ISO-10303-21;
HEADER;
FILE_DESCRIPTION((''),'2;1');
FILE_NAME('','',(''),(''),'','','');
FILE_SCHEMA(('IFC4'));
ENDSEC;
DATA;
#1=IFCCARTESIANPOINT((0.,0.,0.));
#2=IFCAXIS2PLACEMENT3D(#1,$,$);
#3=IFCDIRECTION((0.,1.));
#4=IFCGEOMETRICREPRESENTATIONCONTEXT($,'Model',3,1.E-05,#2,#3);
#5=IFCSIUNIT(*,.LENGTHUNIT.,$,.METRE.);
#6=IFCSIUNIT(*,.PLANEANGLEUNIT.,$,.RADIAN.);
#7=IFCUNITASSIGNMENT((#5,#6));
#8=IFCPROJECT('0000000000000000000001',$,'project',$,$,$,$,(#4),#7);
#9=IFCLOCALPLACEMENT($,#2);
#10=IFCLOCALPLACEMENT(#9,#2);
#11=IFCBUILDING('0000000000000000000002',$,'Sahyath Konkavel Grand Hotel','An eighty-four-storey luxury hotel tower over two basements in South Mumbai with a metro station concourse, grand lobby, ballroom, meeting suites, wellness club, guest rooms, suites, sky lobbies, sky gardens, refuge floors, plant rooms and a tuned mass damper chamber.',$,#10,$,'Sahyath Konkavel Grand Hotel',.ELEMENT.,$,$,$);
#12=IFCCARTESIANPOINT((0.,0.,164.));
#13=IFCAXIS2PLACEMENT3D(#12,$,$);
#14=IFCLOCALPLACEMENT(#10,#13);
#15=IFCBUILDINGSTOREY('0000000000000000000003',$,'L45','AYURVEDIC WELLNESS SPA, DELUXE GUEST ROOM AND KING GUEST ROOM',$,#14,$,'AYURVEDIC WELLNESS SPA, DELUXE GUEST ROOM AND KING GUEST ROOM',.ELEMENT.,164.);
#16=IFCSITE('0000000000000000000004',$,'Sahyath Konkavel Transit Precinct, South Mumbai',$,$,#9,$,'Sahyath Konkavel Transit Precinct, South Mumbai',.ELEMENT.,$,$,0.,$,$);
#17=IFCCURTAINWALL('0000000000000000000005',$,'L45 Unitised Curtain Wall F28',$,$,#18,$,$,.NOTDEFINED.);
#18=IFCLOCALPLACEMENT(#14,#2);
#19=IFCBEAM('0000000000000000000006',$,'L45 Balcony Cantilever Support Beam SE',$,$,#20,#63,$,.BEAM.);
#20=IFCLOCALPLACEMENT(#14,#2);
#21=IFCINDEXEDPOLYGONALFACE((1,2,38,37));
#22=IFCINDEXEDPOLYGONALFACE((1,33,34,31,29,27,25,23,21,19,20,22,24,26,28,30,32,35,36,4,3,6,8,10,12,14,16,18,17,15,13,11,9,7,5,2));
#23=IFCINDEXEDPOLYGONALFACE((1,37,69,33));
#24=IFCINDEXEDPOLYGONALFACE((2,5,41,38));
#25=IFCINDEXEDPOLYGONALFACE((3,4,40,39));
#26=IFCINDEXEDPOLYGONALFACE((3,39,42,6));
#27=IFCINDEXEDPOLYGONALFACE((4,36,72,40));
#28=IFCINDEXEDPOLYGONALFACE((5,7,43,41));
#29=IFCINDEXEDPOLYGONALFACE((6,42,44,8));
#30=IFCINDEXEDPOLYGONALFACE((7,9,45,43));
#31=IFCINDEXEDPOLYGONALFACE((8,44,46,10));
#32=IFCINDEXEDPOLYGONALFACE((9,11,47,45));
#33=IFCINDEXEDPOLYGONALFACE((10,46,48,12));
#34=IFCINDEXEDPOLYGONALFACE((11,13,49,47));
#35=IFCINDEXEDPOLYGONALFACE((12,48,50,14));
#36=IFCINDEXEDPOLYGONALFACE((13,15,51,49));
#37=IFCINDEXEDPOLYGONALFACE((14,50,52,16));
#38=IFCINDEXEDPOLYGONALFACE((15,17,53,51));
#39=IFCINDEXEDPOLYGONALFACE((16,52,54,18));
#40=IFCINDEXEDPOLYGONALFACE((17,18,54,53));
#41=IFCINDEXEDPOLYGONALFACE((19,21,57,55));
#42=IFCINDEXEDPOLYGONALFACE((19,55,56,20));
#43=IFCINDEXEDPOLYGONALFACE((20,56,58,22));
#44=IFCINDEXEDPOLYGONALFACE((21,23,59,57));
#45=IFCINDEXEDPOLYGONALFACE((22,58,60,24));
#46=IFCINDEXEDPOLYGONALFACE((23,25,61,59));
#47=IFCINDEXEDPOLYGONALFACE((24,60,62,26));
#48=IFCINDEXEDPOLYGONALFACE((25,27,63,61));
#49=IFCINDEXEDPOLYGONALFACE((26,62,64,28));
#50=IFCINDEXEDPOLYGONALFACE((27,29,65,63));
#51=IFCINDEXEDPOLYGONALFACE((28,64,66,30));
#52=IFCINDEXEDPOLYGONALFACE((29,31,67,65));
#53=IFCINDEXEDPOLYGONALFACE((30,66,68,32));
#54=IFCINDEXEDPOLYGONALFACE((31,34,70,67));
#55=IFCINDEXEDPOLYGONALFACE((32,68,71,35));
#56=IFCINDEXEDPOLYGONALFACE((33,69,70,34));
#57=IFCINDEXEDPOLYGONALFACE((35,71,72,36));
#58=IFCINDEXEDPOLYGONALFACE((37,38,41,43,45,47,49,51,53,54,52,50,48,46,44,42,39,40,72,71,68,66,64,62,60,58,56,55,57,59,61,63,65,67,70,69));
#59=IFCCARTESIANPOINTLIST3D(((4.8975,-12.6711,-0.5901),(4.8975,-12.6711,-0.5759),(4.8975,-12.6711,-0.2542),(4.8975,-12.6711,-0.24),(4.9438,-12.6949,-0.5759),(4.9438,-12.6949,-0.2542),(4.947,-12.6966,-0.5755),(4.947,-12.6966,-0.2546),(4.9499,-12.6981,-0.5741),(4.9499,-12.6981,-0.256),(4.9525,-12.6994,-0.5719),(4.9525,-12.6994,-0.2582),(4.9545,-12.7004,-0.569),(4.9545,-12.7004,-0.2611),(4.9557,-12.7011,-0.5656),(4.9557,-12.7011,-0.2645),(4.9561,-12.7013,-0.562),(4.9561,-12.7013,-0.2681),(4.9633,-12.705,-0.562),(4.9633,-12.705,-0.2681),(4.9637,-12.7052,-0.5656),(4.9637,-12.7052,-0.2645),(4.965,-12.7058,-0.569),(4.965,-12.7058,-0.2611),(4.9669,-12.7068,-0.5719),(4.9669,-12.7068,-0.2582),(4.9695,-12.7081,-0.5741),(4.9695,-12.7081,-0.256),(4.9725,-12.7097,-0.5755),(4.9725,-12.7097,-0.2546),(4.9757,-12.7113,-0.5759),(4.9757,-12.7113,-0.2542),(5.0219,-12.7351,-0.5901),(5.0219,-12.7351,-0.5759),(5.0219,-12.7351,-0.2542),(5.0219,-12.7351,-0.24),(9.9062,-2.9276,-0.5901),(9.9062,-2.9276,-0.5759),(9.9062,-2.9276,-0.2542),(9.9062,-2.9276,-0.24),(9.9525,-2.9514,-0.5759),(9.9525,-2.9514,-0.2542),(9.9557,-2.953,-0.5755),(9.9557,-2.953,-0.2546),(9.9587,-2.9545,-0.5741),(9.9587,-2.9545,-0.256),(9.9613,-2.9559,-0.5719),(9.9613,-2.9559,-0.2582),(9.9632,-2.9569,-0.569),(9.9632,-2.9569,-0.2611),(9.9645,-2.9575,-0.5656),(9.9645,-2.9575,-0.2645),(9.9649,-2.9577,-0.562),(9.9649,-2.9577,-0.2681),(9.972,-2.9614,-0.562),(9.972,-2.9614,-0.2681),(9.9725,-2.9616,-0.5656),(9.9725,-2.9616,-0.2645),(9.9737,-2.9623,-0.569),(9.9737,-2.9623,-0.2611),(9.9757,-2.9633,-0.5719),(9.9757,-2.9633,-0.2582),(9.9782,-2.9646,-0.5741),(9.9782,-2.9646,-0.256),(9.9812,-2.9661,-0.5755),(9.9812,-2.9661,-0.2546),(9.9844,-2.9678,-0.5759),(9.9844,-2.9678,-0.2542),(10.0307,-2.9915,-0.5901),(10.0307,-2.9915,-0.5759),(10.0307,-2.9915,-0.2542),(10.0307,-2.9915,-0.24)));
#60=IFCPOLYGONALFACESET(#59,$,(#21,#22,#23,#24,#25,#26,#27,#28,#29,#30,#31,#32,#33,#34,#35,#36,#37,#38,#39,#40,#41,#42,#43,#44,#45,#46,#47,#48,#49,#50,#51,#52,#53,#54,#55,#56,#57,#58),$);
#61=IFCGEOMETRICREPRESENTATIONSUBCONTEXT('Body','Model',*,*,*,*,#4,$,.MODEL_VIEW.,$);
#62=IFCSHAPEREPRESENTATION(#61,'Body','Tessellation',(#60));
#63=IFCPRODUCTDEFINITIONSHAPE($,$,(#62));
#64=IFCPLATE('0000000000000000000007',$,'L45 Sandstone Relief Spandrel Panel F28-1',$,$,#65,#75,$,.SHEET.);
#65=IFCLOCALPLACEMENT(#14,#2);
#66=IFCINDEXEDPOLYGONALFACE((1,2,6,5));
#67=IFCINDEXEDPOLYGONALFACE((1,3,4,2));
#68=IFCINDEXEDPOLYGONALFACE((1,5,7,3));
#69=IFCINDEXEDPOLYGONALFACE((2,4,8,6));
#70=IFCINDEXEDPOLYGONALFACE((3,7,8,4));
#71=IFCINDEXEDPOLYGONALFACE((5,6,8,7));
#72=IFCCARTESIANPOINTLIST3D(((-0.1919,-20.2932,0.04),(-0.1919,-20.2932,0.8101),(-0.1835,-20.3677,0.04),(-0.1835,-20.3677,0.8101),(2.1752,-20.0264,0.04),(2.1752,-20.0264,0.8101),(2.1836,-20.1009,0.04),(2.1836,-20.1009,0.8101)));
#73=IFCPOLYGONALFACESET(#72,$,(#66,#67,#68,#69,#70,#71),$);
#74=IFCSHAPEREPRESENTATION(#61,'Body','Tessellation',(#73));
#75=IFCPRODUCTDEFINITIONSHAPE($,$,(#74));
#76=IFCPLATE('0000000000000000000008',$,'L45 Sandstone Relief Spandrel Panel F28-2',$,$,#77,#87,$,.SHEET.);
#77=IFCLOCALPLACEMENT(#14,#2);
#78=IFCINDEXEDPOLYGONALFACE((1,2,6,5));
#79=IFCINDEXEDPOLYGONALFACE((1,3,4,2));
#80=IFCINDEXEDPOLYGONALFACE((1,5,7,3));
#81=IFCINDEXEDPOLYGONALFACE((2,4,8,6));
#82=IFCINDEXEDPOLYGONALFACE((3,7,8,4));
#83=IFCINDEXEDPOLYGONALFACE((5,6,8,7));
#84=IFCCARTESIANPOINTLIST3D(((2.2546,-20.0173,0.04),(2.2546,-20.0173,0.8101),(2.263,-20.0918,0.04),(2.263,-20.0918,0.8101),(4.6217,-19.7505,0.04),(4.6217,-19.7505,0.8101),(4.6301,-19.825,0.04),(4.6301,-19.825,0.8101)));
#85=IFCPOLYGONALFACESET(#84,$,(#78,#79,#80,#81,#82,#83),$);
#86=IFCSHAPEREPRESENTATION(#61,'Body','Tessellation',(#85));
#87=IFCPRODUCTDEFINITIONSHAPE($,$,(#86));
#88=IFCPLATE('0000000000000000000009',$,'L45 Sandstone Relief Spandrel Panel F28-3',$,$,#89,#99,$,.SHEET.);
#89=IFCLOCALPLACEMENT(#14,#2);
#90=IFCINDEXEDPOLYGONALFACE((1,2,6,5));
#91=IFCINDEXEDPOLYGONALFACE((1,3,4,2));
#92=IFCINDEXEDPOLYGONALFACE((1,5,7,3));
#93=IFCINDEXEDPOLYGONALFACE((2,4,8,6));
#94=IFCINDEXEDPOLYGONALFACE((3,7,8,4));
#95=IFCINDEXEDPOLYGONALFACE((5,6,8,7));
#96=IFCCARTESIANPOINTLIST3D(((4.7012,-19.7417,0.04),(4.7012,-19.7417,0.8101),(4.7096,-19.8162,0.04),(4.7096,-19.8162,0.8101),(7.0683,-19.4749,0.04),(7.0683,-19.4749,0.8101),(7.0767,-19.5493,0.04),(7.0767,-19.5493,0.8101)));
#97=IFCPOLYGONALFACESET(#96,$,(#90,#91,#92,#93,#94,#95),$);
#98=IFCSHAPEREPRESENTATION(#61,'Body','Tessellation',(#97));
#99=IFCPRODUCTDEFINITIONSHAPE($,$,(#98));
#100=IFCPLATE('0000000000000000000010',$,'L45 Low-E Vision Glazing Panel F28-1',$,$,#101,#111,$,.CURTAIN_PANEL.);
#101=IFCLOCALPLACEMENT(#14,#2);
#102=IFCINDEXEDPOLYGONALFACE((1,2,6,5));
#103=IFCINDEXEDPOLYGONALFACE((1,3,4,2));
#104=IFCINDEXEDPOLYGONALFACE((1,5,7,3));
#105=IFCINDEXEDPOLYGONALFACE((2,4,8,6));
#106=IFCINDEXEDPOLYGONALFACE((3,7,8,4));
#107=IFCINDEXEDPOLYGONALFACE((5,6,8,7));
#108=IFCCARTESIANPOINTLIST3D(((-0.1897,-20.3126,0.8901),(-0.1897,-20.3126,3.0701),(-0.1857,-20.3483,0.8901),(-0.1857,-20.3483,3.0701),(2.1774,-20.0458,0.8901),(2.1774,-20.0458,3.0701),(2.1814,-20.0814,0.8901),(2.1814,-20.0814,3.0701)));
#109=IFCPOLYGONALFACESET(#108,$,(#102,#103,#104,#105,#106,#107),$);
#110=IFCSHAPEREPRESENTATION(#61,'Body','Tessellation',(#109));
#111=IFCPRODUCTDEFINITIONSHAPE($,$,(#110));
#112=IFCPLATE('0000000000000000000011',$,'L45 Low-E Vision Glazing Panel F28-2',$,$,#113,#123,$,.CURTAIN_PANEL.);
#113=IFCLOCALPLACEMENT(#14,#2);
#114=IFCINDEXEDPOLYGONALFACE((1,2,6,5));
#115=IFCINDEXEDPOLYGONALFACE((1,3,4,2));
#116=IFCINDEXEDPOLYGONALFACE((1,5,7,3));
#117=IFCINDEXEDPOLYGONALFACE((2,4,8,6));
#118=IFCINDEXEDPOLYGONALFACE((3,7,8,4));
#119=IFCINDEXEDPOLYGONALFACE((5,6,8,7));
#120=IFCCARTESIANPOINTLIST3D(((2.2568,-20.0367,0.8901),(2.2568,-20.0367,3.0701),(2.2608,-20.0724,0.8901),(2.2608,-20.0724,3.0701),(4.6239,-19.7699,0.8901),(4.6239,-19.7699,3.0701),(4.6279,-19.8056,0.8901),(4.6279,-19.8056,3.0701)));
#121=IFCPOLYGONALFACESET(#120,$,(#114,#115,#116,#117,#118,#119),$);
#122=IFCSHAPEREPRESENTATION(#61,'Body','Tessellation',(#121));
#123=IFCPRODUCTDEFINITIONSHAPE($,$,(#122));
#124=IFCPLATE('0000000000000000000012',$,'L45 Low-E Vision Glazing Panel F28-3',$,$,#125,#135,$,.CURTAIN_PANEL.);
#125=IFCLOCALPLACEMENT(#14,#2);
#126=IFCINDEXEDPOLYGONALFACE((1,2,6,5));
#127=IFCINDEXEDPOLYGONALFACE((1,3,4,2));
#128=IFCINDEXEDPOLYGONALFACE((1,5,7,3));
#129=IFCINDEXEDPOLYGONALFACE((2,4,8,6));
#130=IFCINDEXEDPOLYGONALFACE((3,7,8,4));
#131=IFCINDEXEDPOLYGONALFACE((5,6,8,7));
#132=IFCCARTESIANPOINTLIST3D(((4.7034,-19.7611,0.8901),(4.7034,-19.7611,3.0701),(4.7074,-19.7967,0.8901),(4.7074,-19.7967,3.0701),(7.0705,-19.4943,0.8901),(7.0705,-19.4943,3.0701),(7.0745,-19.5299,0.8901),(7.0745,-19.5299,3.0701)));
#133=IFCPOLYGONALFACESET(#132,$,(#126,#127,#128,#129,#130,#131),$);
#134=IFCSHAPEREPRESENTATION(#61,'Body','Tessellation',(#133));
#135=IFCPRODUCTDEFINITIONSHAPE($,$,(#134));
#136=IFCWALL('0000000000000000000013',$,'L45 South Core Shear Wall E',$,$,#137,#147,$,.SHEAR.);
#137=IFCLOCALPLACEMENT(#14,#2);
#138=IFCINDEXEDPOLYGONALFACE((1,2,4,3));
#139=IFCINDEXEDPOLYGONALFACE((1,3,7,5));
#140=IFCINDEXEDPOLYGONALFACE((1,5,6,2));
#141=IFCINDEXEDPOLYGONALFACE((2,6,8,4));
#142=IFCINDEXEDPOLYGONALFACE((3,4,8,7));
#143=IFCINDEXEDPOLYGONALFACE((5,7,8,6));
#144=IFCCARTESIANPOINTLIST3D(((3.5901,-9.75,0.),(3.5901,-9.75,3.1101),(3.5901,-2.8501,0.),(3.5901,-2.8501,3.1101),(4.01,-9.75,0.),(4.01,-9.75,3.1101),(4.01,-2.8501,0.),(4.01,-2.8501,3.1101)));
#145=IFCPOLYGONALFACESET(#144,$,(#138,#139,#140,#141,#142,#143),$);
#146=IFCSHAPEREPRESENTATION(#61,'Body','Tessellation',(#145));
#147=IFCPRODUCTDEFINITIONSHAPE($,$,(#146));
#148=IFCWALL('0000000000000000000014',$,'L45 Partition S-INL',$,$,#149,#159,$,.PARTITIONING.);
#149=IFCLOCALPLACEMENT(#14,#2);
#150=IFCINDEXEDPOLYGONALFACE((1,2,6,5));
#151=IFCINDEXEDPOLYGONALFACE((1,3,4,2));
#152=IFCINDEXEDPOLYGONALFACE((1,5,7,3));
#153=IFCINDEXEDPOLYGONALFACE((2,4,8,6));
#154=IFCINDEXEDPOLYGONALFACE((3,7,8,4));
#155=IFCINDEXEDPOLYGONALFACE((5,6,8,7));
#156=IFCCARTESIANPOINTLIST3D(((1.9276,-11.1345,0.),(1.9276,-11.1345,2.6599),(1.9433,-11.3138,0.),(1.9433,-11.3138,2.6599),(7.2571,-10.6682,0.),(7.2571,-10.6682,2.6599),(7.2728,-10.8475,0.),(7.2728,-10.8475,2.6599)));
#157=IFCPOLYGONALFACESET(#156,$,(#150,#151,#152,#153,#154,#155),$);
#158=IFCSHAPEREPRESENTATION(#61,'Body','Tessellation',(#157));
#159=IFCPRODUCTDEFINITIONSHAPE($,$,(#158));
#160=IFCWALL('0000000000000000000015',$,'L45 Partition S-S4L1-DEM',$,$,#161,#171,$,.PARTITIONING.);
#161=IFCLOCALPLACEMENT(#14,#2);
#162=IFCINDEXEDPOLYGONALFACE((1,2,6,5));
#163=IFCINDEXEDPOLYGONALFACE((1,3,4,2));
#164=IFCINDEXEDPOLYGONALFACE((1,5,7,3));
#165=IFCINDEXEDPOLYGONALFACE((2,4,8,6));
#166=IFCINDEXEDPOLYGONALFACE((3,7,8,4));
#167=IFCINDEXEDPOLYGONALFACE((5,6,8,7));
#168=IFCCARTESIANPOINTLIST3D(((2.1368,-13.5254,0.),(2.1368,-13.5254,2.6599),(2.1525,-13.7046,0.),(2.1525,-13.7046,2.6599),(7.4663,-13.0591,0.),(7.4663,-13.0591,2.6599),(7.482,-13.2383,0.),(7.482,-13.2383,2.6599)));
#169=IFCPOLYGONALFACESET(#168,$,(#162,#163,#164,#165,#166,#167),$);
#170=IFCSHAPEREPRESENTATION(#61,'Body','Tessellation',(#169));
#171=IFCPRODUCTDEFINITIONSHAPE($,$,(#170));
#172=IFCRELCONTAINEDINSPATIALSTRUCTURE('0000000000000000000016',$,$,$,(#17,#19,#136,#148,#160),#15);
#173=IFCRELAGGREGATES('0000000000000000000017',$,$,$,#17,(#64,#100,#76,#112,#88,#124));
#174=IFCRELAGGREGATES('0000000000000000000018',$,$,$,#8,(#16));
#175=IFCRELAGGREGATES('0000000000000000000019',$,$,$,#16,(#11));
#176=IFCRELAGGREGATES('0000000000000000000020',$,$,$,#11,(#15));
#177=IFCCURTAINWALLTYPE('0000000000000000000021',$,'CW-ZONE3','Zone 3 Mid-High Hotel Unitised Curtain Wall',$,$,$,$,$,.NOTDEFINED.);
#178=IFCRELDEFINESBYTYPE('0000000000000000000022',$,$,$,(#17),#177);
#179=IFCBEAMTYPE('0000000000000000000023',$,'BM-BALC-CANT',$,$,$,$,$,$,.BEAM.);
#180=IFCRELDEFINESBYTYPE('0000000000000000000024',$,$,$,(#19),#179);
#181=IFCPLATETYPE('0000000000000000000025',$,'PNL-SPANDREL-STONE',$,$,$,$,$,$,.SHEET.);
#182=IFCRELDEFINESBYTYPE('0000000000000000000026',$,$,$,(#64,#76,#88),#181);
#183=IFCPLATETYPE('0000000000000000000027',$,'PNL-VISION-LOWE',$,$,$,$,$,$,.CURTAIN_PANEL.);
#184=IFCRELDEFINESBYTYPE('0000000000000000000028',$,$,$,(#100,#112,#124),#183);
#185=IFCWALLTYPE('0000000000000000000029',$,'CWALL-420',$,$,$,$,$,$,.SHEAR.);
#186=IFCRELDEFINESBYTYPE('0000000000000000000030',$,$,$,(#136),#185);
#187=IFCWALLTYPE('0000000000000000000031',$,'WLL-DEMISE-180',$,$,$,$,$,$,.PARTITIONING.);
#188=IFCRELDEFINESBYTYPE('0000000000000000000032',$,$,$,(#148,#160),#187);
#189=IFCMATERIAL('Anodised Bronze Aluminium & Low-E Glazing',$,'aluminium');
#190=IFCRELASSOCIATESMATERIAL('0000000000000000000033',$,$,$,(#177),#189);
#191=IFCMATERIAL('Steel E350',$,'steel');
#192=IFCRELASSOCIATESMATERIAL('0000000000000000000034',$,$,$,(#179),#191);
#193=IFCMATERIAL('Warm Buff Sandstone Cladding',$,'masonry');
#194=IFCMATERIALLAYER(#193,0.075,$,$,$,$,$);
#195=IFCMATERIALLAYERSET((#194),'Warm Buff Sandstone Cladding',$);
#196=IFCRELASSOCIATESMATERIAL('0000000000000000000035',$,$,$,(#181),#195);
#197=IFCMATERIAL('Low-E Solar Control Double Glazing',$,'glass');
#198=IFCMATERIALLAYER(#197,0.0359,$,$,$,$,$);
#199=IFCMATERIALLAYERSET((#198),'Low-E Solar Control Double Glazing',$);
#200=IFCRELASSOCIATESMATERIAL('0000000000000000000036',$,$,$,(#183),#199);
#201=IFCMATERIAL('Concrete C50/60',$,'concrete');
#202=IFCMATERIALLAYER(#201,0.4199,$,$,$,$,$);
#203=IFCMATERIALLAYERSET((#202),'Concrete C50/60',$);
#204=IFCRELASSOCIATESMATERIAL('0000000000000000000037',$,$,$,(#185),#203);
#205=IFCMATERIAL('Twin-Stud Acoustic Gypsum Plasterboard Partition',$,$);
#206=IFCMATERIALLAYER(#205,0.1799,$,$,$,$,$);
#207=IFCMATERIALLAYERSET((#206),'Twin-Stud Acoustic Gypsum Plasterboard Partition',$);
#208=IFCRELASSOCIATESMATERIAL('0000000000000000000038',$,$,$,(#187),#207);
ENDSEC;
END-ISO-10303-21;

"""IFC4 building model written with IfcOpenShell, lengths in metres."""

from ifc_helpers import new_model, si_unit, direction, frame, frame_2d, origin, origin_2d, place, context, subcontext, project, spatial, rectangle, i_section, extrude, source, transform, mapped, material, layer, layer_set, material_profile, profile_set, type_object, element, aggregate, save


model = new_model("IFC4")

# Units and contexts
model_context = context("Model", 3, precision=1e-05, world=origin(), true_north=direction((0.0, 1.0)))
body_context = subcontext(model_context, "Body", "Model", "MODEL_VIEW")
ifc_project = project(units=[si_unit("LENGTHUNIT", "METRE"), si_unit("PLANEANGLEUNIT", "RADIAN")], contexts=[model_context])

# Site, building, storey
site_placement = place(None, origin())
site = spatial("IfcSite", under=ifc_project, at=site_placement, Name="Sahyath Konkavel Transit Precinct, South Mumbai", LongName="Sahyath Konkavel Transit Precinct, South Mumbai", CompositionType="ELEMENT", RefElevation=0.0)
building_placement = place(site_placement, origin())
building = spatial("IfcBuilding", under=site, at=building_placement, Name="Sahyath Konkavel Grand Hotel", Description="An eighty-four-storey luxury hotel tower over two basements in South Mumbai with a metro station concourse, grand lobby, ballroom, meeting suites, wellness club, guest rooms, suites, sky lobbies, sky gardens, refuge floors, plant rooms and a tuned mass damper chamber.", LongName="Sahyath Konkavel Grand Hotel", CompositionType="ELEMENT")
storey_placement = place(building_placement, frame((0.0, 0.0, 164.0)))
storey = spatial("IfcBuildingStorey", under=building, at=storey_placement, Name="L45", Description="AYURVEDIC WELLNESS SPA, DELUXE GUEST ROOM AND KING GUEST ROOM", LongName="AYURVEDIC WELLNESS SPA, DELUXE GUEST ROOM AND KING GUEST ROOM", CompositionType="ELEMENT", Elevation=164.0)

# Shared definitions
ifc_material_1 = material(Name="Concrete C50/60", Category="concrete")

# Shared definitions
ifc_material_2 = material(Name="Steel E350", Category="steel")

# Curtain wall
ifc_material_3 = material(Name="Anodised Bronze Aluminium & Low-E Glazing", Category="aluminium")
curtain_wall_type = type_object("IfcCurtainWallType", Name="CW-ZONE3", Description="Zone 3 Mid-High Hotel Unitised Curtain Wall", PredefinedType="NOTDEFINED", material=ifc_material_3)
curtain_wall_placement = place(storey_placement, origin())
curtain_wall = element("IfcCurtainWall", 1, at=curtain_wall_placement, inside=storey, type_object=curtain_wall_type, Name="L45 Unitised Curtain Wall F28", PredefinedType="NOTDEFINED")

# Beam
ifc_material_profile_1 = material_profile(ifc_material_2, i_section(OverallWidth=0.1399, OverallDepth=0.3501, WebThickness=0.0081, FlangeThickness=0.0142, FilletRadius=0.0139, at=origin_2d()), Name="ISMB 350")
ifc_profile_set_1 = profile_set([ifc_material_profile_1], Name="Steel E350")
beam_type_1 = type_object("IfcBeamType", Name="BM-BALC-CANT", PredefinedType="BEAM", material=ifc_profile_set_1)
shared_shape_1 = source(origin(), body_context, "Body", "SweptSolid", [
    extrude(i_section(OverallWidth=0.1399, OverallDepth=0.3501, WebThickness=0.0081, FlangeThickness=0.0142, FilletRadius=0.0139, at=origin_2d()), origin(), (0.0, 0.0, 1.0), 10.9556),
])
beam_1_placement = place(storey_placement, frame((4.9597, -12.7031, -0.415), z_axis=(0.457187, 0.889371, 0.0), x_axis=(-0.889371, 0.457187, 0.0)))
element("IfcBeam", 2, at=beam_1_placement, inside=storey, type_object=beam_type_1, Name="L45 Balcony Cantilever Support Beam SE", PredefinedType="BEAM", context=body_context, shape_type="MappedRepresentation", body=[
    mapped(shared_shape_1, transform((0.0, 0.0, 0.0), scale=1.0)),
])

# Plates
ifc_material_4 = material(Name="Warm Buff Sandstone Cladding", Category="masonry")
ifc_layer_1 = layer(ifc_material_4, 0.075)
ifc_layer_set_1 = layer_set([ifc_layer_1], Name="Warm Buff Sandstone Cladding")
plate_type_1 = type_object("IfcPlateType", Name="PNL-SPANDREL-STONE", PredefinedType="SHEET", material=ifc_layer_set_1)
shared_shape_2 = source(origin(), body_context, "Body", "SweptSolid", [
    extrude(rectangle(XDim=2.3821, YDim=0.075, at=origin_2d()), origin(), (0.0, 0.0, 1.0), 0.77),
])
plate_1_placement = place(storey_placement, frame((0.9958, -20.197, 0.04), z_axis=(0.0, 0.0, 1.0), x_axis=(0.993707, 0.112007, 0.0)))
plate_1 = element("IfcPlate", 3, at=plate_1_placement, type_object=plate_type_1, Name="L45 Sandstone Relief Spandrel Panel F28-1", PredefinedType="SHEET", context=body_context, shape_type="MappedRepresentation", body=[
    mapped(shared_shape_2, transform((0.0, 0.0, 0.0), scale=1.0)),
])
plate_2_placement = place(storey_placement, frame((3.4424, -19.9211, 0.04), z_axis=(0.0, 0.0, 1.0), x_axis=(0.993707, 0.112007, 0.0)))
plate_2 = element("IfcPlate", 4, at=plate_2_placement, type_object=plate_type_1, Name="L45 Sandstone Relief Spandrel Panel F28-2", PredefinedType="SHEET", context=body_context, shape_type="MappedRepresentation", body=[
    mapped(shared_shape_2, transform((0.0, 0.0, 0.0), scale=1.0)),
])
plate_3_placement = place(storey_placement, frame((5.8889, -19.6455, 0.04), z_axis=(0.0, 0.0, 1.0), x_axis=(0.993707, 0.112007, 0.0)))
plate_3 = element("IfcPlate", 5, at=plate_3_placement, type_object=plate_type_1, Name="L45 Sandstone Relief Spandrel Panel F28-3", PredefinedType="SHEET", context=body_context, shape_type="MappedRepresentation", body=[
    mapped(shared_shape_2, transform((0.0, 0.0, 0.0), scale=1.0)),
])
ifc_material_5 = material(Name="Low-E Solar Control Double Glazing", Category="glass")
ifc_layer_2 = layer(ifc_material_5, 0.0359)
ifc_layer_set_2 = layer_set([ifc_layer_2], Name="Low-E Solar Control Double Glazing")
plate_type_2 = type_object("IfcPlateType", Name="PNL-VISION-LOWE", PredefinedType="CURTAIN_PANEL", material=ifc_layer_set_2)
shared_shape_3 = source(origin(), body_context, "Body", "SweptSolid", [
    extrude(rectangle(XDim=2.3821, YDim=0.0359, at=origin_2d()), origin(), (0.0, 0.0, 1.0), 2.1799),
])
plate_4_placement = place(storey_placement, frame((0.9958, -20.197, 0.8901), z_axis=(0.0, 0.0, 1.0), x_axis=(0.993707, 0.112007, 0.0)))
plate_4 = element("IfcPlate", 6, at=plate_4_placement, type_object=plate_type_2, Name="L45 Low-E Vision Glazing Panel F28-1", PredefinedType="CURTAIN_PANEL", context=body_context, shape_type="MappedRepresentation", body=[
    mapped(shared_shape_3, transform((0.0, 0.0, 0.0), scale=1.0)),
])
plate_5_placement = place(storey_placement, frame((3.4424, -19.9211, 0.8901), z_axis=(0.0, 0.0, 1.0), x_axis=(0.993707, 0.112007, 0.0)))
plate_5 = element("IfcPlate", 7, at=plate_5_placement, type_object=plate_type_2, Name="L45 Low-E Vision Glazing Panel F28-2", PredefinedType="CURTAIN_PANEL", context=body_context, shape_type="MappedRepresentation", body=[
    mapped(shared_shape_3, transform((0.0, 0.0, 0.0), scale=1.0)),
])
plate_6_placement = place(storey_placement, frame((5.8889, -19.6455, 0.8901), z_axis=(0.0, 0.0, 1.0), x_axis=(0.993707, 0.112007, 0.0)))
plate_6 = element("IfcPlate", 8, at=plate_6_placement, type_object=plate_type_2, Name="L45 Low-E Vision Glazing Panel F28-3", PredefinedType="CURTAIN_PANEL", context=body_context, shape_type="MappedRepresentation", body=[
    mapped(shared_shape_3, transform((0.0, 0.0, 0.0), scale=1.0)),
])
aggregate(curtain_wall, [plate_1, plate_4, plate_2, plate_5, plate_3, plate_6])

# Walls
ifc_layer_3 = layer(ifc_material_1, 0.4199)
ifc_layer_set_3 = layer_set([ifc_layer_3], Name="Concrete C50/60")
wall_type_1 = type_object("IfcWallType", Name="CWALL-420", PredefinedType="SHEAR", material=ifc_layer_set_3)
wall_1_placement = place(storey_placement, frame((3.8, -9.75, 0.0), z_axis=(0.0, 0.0, 1.0), x_axis=(0.0, 1.0, 0.0)))
element("IfcWall", 9, at=wall_1_placement, inside=storey, type_object=wall_type_1, Name="L45 South Core Shear Wall E", PredefinedType="SHEAR", context=body_context, shape_type="SweptSolid", body=[
    extrude(rectangle(XDim=6.8999, YDim=0.4199, at=frame_2d((3.45, 0.0))), origin(), (0.0, 0.0, 1.0), 3.1101),
])
ifc_material_6 = material(Name="Twin-Stud Acoustic Gypsum Plasterboard Partition")
ifc_layer_4 = layer(ifc_material_6, 0.1799)
ifc_layer_set_4 = layer_set([ifc_layer_4], Name="Twin-Stud Acoustic Gypsum Plasterboard Partition")
wall_type_2 = type_object("IfcWallType", Name="WLL-DEMISE-180", PredefinedType="PARTITIONING", material=ifc_layer_set_4)
for number, where, z_axis, x_axis, name in (
    (10, (1.9355, -11.2241, 0.0), (0.0, 0.0, 1.0), (0.996194, 0.087161, 0.0), "L45 Partition S-INL"),
    (11, (2.1448, -13.615, 0.0), (0.0, 0.0, 1.0), (0.996194, 0.087161, 0.0), "L45 Partition S-S4L1-DEM"),
):
    element("IfcWall", number, at=place(storey_placement, frame(where, z_axis=z_axis, x_axis=x_axis)), inside=storey, type_object=wall_type_2, Name=name, PredefinedType="PARTITIONING", context=body_context, shape_type="SweptSolid", body=[
        extrude(rectangle(XDim=5.3499, YDim=0.1799, at=frame_2d((2.6748, 0.0))), origin(), (0.0, 0.0, 1.0), 2.6599),
    ])

save(model, "model.ifc")
